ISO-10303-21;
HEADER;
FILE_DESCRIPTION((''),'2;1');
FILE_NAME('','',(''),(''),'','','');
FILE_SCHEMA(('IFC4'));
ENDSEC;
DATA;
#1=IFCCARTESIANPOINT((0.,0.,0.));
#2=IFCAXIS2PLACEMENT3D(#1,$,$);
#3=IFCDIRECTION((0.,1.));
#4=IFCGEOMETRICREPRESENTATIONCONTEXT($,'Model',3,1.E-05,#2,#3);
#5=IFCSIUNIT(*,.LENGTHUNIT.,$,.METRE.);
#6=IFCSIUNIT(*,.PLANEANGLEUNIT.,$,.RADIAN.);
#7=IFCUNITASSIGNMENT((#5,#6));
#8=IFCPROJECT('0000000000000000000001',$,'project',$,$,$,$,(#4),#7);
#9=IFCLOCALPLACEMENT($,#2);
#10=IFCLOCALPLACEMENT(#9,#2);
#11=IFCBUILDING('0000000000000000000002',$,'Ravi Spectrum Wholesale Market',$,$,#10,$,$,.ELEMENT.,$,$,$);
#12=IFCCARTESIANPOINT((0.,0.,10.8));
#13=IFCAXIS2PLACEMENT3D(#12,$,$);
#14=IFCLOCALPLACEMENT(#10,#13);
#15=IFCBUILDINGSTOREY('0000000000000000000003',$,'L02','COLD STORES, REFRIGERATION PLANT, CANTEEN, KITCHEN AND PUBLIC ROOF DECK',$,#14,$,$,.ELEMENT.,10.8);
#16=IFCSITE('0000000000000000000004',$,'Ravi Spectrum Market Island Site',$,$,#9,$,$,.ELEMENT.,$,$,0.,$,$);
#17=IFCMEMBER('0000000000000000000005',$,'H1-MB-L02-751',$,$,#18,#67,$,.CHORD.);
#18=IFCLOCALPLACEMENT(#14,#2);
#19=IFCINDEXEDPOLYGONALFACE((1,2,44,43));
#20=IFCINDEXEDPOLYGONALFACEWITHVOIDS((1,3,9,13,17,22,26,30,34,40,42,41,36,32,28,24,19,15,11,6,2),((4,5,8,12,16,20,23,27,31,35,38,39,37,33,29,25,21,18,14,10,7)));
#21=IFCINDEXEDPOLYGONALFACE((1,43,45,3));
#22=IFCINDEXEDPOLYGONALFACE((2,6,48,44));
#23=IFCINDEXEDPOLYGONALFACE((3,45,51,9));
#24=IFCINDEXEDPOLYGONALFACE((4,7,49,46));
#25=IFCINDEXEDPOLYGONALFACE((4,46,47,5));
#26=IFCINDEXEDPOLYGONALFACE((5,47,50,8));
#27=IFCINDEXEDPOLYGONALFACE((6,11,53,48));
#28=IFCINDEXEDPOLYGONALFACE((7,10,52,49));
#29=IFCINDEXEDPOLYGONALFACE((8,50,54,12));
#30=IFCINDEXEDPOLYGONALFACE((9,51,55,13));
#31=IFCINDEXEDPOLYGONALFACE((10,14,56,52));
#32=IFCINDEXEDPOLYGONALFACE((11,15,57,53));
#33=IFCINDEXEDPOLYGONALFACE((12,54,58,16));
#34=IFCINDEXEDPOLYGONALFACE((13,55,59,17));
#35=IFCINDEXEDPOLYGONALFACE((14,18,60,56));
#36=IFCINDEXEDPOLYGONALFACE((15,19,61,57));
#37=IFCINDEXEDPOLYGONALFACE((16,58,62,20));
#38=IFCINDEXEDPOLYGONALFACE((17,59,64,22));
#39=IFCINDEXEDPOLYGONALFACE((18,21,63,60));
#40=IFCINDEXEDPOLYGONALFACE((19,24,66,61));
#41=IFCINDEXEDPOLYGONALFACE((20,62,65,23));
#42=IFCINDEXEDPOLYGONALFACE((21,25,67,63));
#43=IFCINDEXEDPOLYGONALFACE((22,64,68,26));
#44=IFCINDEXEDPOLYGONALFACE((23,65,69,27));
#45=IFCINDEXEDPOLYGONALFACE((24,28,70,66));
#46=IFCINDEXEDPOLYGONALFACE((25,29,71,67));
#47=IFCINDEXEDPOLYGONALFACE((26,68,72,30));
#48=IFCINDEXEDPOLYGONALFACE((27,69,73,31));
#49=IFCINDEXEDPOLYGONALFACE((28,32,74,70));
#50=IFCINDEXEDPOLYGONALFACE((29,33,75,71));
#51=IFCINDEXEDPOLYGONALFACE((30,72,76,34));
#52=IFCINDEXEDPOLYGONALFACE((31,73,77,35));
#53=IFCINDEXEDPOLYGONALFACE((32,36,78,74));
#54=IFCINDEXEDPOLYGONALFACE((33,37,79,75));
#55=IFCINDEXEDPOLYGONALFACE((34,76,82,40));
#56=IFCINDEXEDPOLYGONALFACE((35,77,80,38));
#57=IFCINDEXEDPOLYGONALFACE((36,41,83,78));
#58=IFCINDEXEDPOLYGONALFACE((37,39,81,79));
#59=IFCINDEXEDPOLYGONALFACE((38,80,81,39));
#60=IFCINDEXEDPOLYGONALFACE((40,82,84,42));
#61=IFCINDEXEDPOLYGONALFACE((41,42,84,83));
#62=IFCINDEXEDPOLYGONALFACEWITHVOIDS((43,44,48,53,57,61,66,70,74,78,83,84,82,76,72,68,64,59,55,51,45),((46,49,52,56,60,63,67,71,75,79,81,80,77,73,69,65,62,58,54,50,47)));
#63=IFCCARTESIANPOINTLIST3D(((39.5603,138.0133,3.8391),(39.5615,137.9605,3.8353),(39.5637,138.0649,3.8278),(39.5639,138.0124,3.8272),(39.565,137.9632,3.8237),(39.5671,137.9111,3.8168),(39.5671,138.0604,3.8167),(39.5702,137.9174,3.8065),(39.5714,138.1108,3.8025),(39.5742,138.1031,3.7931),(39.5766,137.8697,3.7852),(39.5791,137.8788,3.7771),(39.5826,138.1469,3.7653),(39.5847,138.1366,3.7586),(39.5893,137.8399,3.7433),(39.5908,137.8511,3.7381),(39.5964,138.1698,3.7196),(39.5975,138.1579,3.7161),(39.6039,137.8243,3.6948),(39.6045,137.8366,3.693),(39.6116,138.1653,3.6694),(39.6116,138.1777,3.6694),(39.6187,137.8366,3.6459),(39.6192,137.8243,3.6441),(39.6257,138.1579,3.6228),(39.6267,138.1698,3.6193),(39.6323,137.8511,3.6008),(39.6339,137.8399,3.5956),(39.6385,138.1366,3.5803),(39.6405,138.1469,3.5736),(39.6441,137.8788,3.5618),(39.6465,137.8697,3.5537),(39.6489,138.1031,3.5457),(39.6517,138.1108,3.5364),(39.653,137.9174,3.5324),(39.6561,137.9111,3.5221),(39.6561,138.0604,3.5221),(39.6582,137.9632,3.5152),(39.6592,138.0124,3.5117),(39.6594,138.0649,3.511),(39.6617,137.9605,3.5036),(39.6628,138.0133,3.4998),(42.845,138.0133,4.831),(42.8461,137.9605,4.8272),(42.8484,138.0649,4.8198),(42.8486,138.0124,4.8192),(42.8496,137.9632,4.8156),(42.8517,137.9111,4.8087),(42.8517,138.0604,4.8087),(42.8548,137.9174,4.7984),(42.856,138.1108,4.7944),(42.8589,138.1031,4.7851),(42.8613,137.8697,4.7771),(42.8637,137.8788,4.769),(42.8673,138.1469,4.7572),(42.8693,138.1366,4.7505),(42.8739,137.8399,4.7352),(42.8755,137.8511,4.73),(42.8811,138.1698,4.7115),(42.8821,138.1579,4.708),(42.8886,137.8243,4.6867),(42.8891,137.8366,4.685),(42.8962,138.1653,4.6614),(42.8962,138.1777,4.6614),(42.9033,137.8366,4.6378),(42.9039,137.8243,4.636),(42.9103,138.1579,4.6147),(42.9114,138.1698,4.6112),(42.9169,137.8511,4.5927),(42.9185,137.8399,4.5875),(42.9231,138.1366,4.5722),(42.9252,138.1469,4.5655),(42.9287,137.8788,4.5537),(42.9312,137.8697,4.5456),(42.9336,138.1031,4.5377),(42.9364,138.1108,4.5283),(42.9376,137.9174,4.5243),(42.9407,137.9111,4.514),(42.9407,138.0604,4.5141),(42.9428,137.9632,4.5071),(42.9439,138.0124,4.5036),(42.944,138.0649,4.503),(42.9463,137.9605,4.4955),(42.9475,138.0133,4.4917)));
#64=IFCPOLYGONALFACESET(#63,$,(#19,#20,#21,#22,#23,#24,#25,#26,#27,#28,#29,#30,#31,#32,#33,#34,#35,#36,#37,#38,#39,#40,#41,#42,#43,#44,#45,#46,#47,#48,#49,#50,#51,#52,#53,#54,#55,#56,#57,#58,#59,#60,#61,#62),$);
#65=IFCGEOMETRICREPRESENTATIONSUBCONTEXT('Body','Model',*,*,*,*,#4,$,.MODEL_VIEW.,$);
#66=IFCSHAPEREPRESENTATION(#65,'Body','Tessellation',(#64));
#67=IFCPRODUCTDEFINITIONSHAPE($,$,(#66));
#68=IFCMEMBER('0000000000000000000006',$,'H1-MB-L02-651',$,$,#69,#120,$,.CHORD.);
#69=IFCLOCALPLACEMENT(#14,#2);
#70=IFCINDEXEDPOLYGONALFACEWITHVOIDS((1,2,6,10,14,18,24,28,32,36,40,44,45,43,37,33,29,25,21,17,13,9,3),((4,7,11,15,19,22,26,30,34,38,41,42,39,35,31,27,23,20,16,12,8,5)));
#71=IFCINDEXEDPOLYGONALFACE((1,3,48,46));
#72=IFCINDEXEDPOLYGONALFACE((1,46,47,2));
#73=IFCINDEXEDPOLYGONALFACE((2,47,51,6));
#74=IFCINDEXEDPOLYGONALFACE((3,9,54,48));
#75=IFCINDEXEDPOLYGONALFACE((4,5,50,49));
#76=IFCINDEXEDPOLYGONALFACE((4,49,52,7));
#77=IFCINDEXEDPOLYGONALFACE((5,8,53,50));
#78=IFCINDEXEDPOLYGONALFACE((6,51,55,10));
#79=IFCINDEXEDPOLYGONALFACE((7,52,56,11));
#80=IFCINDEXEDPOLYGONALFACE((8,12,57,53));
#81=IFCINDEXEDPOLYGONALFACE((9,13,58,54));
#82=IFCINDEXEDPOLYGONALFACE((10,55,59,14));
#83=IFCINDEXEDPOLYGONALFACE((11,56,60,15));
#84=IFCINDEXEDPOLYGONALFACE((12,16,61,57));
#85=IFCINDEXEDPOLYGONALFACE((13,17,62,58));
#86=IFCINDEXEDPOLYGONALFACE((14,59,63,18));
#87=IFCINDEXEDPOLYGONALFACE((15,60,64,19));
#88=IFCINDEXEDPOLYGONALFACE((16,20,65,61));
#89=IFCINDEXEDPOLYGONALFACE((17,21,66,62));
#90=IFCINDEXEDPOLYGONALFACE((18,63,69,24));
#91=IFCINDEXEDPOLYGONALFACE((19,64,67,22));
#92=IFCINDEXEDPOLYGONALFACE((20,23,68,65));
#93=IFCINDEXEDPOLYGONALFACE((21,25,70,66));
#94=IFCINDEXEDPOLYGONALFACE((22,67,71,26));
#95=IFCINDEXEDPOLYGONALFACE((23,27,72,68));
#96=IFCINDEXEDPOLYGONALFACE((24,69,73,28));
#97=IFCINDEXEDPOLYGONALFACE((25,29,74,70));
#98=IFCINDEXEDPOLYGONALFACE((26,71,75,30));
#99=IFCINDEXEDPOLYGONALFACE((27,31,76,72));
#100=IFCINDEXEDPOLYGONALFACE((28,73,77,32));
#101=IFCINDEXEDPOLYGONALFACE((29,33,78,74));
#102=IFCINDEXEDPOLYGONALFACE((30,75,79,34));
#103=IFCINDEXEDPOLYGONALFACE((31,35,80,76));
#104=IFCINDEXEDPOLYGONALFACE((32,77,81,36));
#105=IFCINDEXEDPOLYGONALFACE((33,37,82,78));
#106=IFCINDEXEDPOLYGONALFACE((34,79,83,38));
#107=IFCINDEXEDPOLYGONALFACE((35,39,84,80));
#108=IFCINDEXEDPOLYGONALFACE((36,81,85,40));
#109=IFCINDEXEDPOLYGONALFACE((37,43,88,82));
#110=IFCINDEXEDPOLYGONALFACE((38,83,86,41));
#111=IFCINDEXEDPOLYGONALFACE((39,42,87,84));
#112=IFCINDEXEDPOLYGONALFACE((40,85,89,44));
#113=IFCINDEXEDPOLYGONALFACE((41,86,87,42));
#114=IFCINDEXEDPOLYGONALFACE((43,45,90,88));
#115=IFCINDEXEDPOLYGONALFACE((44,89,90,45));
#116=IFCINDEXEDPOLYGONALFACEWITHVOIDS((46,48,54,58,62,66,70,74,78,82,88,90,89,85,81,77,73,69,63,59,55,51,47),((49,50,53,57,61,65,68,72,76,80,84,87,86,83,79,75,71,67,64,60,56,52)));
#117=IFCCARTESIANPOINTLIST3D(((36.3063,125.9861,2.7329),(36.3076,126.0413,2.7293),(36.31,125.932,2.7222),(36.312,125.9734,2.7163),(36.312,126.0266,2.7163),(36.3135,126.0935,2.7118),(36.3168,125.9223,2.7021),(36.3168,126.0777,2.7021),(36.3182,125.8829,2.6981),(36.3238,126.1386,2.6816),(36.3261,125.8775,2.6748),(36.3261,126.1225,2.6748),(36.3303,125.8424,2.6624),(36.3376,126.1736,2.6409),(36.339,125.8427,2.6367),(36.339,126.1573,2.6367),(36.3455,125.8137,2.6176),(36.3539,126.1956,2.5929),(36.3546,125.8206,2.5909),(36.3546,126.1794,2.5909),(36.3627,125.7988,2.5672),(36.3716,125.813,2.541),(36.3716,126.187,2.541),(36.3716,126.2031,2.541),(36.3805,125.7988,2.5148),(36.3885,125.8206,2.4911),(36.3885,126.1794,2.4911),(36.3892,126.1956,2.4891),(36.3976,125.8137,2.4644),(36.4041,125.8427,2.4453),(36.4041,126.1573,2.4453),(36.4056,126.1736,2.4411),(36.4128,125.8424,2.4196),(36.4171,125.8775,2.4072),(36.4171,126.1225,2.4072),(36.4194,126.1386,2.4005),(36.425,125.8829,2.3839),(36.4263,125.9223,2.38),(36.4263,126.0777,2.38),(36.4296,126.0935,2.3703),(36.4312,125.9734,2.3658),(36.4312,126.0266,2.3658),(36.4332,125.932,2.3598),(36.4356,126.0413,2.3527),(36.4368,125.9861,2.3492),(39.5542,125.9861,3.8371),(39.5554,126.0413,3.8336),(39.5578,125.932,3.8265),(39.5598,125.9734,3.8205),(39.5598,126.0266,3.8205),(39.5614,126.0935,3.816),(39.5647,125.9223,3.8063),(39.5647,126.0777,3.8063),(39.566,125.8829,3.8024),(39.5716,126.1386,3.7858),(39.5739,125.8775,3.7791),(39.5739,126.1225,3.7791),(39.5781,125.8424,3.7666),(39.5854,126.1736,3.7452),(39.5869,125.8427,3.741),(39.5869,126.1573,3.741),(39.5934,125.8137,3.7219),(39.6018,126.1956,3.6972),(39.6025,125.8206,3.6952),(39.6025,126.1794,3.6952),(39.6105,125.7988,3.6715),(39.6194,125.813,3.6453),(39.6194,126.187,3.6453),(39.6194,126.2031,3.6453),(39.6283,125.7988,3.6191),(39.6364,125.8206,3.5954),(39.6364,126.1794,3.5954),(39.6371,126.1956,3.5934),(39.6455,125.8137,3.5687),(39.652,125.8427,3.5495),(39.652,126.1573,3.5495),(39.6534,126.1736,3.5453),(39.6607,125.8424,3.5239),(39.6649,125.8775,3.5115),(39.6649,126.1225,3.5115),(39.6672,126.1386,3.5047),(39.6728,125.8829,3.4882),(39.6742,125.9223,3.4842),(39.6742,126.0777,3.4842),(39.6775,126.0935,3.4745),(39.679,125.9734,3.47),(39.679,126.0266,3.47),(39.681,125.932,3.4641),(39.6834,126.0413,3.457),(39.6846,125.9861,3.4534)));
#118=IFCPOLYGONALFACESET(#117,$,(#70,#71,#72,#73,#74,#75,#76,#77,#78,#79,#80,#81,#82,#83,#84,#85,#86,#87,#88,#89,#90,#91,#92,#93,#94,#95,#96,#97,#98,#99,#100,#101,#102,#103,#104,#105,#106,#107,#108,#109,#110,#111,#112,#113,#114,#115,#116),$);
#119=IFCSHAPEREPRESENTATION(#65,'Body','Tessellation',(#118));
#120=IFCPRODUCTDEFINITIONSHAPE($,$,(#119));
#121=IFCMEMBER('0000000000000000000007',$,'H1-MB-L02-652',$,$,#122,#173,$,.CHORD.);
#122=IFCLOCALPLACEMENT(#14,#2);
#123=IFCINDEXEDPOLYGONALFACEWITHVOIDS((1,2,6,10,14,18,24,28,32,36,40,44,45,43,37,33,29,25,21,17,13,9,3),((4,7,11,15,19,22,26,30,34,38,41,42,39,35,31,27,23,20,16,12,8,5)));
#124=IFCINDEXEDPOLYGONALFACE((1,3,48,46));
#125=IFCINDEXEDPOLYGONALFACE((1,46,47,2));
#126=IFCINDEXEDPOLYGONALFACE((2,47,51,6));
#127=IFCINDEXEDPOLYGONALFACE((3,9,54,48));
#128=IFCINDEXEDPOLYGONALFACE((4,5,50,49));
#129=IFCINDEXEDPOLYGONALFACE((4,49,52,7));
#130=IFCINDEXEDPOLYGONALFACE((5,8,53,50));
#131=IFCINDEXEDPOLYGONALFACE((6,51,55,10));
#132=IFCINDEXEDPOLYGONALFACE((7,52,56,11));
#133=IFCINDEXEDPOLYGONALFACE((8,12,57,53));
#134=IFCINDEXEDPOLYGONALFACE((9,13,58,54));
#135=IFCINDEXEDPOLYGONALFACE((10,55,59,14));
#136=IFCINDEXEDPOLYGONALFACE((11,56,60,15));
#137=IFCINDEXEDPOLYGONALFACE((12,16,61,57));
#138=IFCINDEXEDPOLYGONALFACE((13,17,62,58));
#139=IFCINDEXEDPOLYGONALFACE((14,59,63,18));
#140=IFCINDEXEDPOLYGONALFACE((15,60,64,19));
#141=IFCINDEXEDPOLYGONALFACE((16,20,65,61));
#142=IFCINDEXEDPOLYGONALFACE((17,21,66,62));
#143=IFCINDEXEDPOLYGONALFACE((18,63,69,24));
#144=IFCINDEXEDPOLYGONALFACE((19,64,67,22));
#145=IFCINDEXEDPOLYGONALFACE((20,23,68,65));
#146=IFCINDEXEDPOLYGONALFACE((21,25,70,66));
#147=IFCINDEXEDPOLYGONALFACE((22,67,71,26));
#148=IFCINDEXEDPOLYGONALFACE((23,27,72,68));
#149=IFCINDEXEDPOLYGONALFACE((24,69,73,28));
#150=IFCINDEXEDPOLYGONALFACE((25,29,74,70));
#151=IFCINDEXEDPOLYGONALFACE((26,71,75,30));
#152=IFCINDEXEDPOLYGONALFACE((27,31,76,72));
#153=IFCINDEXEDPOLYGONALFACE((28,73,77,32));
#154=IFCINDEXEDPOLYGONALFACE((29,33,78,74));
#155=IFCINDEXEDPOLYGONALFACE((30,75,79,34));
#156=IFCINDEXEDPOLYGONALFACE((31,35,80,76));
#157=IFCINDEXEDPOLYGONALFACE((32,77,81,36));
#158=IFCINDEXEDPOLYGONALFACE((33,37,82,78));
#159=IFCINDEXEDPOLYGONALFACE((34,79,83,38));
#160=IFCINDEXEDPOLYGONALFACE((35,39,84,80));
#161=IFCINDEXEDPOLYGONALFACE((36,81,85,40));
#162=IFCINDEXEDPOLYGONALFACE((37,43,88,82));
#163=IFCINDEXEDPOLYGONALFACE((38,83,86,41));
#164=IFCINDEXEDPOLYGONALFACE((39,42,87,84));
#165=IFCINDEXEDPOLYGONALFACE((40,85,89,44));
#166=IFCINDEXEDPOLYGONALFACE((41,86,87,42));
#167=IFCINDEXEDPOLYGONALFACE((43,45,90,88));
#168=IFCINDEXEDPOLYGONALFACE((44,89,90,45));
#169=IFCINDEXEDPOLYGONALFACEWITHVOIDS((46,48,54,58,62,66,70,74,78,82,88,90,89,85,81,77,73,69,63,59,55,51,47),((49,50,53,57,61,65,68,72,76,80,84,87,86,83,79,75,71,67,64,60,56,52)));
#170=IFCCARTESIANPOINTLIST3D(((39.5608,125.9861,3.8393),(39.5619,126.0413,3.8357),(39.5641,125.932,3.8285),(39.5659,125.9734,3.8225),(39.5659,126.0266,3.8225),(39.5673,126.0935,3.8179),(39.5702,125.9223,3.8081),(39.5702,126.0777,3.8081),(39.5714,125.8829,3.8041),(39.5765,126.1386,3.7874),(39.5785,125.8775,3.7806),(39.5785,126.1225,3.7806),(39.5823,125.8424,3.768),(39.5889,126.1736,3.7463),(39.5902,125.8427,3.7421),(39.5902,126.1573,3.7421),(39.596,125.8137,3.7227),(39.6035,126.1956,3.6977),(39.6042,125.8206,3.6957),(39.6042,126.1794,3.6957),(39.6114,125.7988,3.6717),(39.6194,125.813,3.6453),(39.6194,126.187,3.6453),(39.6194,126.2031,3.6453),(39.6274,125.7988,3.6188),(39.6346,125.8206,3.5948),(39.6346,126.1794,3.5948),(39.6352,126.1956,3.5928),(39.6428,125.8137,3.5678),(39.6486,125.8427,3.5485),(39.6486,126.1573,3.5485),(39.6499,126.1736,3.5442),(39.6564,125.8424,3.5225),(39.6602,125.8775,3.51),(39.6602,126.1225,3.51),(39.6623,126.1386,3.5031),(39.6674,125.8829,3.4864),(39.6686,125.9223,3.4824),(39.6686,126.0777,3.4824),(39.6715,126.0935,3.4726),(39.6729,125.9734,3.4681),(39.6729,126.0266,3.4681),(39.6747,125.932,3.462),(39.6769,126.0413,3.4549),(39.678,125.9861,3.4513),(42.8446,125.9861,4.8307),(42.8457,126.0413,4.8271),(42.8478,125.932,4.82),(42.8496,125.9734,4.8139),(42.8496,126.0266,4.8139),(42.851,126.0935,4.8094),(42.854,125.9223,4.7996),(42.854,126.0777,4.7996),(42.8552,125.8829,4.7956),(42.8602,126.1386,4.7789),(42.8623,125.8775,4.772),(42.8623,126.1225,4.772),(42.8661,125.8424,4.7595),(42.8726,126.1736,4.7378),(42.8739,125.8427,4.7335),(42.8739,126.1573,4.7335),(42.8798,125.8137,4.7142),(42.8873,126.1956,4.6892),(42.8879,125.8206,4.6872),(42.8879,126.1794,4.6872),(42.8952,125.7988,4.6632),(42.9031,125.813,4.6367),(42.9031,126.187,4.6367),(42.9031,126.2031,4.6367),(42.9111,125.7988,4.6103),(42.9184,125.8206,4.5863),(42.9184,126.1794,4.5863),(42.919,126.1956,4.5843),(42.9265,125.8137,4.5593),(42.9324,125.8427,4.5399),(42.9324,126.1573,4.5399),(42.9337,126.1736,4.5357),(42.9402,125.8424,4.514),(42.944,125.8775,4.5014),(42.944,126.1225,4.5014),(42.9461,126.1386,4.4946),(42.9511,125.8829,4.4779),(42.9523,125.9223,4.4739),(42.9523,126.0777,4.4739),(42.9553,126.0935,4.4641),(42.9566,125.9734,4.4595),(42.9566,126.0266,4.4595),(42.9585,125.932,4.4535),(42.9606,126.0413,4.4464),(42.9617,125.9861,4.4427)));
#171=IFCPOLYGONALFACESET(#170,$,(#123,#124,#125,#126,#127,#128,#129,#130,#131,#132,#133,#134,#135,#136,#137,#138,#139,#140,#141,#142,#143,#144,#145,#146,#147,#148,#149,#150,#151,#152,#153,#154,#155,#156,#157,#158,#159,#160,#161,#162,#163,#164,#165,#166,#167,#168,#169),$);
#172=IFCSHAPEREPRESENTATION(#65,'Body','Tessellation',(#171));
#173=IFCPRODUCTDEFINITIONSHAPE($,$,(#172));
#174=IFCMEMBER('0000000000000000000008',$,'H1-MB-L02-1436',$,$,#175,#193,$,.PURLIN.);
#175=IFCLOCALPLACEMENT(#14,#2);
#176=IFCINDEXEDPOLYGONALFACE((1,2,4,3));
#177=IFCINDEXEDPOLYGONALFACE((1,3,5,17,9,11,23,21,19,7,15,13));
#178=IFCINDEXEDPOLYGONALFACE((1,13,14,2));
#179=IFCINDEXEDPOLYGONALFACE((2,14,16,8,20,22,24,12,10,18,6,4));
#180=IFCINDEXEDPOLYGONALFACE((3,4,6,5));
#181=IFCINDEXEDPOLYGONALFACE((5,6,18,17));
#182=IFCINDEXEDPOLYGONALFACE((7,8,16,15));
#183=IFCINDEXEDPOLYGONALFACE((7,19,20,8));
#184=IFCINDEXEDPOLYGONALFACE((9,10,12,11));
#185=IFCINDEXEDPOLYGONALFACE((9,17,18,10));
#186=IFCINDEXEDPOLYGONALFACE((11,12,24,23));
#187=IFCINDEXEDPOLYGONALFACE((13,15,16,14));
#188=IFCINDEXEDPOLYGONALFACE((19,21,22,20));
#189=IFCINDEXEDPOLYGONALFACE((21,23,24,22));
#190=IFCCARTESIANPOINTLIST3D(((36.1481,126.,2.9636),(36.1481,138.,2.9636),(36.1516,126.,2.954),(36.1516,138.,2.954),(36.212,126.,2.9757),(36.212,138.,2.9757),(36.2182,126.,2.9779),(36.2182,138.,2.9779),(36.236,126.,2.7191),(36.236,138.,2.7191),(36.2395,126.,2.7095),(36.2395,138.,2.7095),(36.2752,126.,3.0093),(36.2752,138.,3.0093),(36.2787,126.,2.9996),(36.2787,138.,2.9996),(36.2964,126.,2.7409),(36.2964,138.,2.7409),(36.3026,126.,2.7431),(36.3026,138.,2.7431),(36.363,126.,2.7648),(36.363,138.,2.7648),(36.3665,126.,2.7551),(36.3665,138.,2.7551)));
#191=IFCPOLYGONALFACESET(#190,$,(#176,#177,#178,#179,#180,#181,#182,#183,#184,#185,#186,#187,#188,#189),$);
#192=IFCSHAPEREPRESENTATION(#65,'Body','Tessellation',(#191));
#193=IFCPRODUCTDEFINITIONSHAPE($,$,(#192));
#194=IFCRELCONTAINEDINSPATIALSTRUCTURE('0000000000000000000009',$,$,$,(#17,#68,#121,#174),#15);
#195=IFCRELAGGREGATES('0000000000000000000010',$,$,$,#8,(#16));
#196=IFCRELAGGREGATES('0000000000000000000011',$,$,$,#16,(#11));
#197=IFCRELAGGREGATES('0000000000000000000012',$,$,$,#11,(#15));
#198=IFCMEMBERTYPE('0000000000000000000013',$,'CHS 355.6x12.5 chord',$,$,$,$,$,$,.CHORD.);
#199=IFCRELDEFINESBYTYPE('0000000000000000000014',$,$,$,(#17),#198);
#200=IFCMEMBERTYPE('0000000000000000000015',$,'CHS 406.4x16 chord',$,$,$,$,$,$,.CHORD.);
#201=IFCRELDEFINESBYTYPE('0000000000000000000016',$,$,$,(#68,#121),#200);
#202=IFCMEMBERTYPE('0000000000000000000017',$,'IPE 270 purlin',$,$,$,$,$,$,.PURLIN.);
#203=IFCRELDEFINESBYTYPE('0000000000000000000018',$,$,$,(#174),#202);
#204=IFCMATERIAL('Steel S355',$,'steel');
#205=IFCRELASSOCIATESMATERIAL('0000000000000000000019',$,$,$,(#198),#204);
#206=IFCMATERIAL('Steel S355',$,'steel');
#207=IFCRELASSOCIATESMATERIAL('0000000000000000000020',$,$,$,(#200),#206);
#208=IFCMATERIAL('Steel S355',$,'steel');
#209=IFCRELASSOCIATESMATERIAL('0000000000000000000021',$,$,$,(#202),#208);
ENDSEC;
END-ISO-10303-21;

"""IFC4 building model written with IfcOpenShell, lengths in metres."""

from ifc_helpers import new_model, si_unit, direction, frame, origin, origin_2d, place, context, subcontext, project, spatial, hollow_circle, i_section, extrude, material, material_profile, profile_set, type_object, element, save


model = new_model("IFC4")

# Units and contexts
model_context = context("Model", 3, precision=1e-05, world=origin(), true_north=direction((0.0, 1.0)))
body_context = subcontext(model_context, "Body", "Model", "MODEL_VIEW")
ifc_project = project(units=[si_unit("LENGTHUNIT", "METRE"), si_unit("PLANEANGLEUNIT", "RADIAN")], contexts=[model_context])

# Site, building, storey
site_placement = place(None, origin())
site = spatial("IfcSite", under=ifc_project, at=site_placement, Name="Ravi Spectrum Market Island Site", CompositionType="ELEMENT", RefElevation=0.0)
building_placement = place(site_placement, origin())
building = spatial("IfcBuilding", under=site, at=building_placement, Name="Ravi Spectrum Wholesale Market", CompositionType="ELEMENT")
storey_placement = place(building_placement, frame((0.0, 0.0, 10.8)))
storey = spatial("IfcBuildingStorey", under=building, at=storey_placement, Name="L02", Description="COLD STORES, REFRIGERATION PLANT, CANTEEN, KITCHEN AND PUBLIC ROOF DECK", CompositionType="ELEMENT", Elevation=10.8)

# Members
ifc_material_1 = material(Name="Steel S355", Category="steel")
ifc_material_profile_1 = material_profile(ifc_material_1, hollow_circle(Radius=0.1777, WallThickness=0.0125, at=origin_2d()))
ifc_profile_set_1 = profile_set([ifc_material_profile_1], Name="Steel S355")
member_type_1 = type_object("IfcMemberType", Name="CHS 355.6x12.5 chord", PredefinedType="CHORD", material=ifc_profile_set_1)
for number, where, z_axis, x_axis, name in (
    (1, (39.6116, 138.0, 3.6694), (0.9573, 0.0, 0.289097), (0.0, 1.0, 0.0), "H1-MB-L02-751"),
):
    element("IfcMember", number, at=place(storey_placement, frame(where, z_axis=z_axis, x_axis=x_axis)), inside=storey, type_object=member_type_1, Name=name, PredefinedType="CHORD", context=body_context, shape_type="SweptSolid", body=[
        extrude(hollow_circle(Radius=0.1777, WallThickness=0.0125, at=origin_2d()), origin(), (0.0, 0.0, 1.0), 3.4312),
    ])
ifc_material_2 = material(Name="Steel S355", Category="steel")
ifc_material_profile_2 = material_profile(ifc_material_2, hollow_circle(Radius=0.2031, WallThickness=0.0161, at=origin_2d()))
ifc_profile_set_2 = profile_set([ifc_material_profile_2], Name="Steel S355")
member_type_2 = type_object("IfcMemberType", Name="CHS 406.4x16 chord", PredefinedType="CHORD", material=ifc_profile_set_2)
member_1_placement = place(storey_placement, frame((36.3716, 126.0, 2.541), z_axis=(0.946773, 0.0, 0.321901), x_axis=(0.0, 1.0, 0.0)))
element("IfcMember", 2, at=member_1_placement, inside=storey, type_object=member_type_2, Name="H1-MB-L02-651", PredefinedType="CHORD", context=body_context, shape_type="SweptSolid", body=[
    extrude(hollow_circle(Radius=0.2031, WallThickness=0.0161, at=origin_2d()), origin(), (0.0, 0.0, 1.0), 3.4304),
])
member_2_placement = place(storey_placement, frame((39.6194, 126.0, 3.6453), z_axis=(0.957315, 0.0, 0.289045), x_axis=(0.0, 1.0, 0.0)))
element("IfcMember", 3, at=member_2_placement, inside=storey, type_object=member_type_2, Name="H1-MB-L02-652", PredefinedType="CHORD", context=body_context, shape_type="SweptSolid", body=[
    extrude(hollow_circle(Radius=0.2031, WallThickness=0.0161, at=origin_2d()), origin(), (0.0, 0.0, 1.0), 3.4302),
])
ifc_material_3 = material(Name="Steel S355", Category="steel")
ifc_material_profile_3 = material_profile(ifc_material_3, i_section(OverallWidth=0.135, OverallDepth=0.27, WebThickness=0.0066, FlangeThickness=0.0103, at=origin_2d()))
ifc_profile_set_3 = profile_set([ifc_material_profile_3], Name="Steel S355")
member_type_3 = type_object("IfcMemberType", Name="IPE 270 purlin", PredefinedType="PURLIN", material=ifc_profile_set_3)
for number, where, z_axis, x_axis, name in (
    (4, (36.2573, 126.0, 2.8594), (0.0, 1.0, 0.0), (-0.94108, 0.0, -0.338184), "H1-MB-L02-1436"),
):
    element("IfcMember", number, at=place(storey_placement, frame(where, z_axis=z_axis, x_axis=x_axis)), inside=storey, type_object=member_type_3, Name=name, PredefinedType="PURLIN", context=body_context, shape_type="SweptSolid", body=[
        extrude(i_section(OverallWidth=0.135, OverallDepth=0.27, WebThickness=0.0066, FlangeThickness=0.0103, at=origin_2d()), origin(), (0.0, 0.0, 1.0), 12.0),
    ])

save(model, "model.ifc")
